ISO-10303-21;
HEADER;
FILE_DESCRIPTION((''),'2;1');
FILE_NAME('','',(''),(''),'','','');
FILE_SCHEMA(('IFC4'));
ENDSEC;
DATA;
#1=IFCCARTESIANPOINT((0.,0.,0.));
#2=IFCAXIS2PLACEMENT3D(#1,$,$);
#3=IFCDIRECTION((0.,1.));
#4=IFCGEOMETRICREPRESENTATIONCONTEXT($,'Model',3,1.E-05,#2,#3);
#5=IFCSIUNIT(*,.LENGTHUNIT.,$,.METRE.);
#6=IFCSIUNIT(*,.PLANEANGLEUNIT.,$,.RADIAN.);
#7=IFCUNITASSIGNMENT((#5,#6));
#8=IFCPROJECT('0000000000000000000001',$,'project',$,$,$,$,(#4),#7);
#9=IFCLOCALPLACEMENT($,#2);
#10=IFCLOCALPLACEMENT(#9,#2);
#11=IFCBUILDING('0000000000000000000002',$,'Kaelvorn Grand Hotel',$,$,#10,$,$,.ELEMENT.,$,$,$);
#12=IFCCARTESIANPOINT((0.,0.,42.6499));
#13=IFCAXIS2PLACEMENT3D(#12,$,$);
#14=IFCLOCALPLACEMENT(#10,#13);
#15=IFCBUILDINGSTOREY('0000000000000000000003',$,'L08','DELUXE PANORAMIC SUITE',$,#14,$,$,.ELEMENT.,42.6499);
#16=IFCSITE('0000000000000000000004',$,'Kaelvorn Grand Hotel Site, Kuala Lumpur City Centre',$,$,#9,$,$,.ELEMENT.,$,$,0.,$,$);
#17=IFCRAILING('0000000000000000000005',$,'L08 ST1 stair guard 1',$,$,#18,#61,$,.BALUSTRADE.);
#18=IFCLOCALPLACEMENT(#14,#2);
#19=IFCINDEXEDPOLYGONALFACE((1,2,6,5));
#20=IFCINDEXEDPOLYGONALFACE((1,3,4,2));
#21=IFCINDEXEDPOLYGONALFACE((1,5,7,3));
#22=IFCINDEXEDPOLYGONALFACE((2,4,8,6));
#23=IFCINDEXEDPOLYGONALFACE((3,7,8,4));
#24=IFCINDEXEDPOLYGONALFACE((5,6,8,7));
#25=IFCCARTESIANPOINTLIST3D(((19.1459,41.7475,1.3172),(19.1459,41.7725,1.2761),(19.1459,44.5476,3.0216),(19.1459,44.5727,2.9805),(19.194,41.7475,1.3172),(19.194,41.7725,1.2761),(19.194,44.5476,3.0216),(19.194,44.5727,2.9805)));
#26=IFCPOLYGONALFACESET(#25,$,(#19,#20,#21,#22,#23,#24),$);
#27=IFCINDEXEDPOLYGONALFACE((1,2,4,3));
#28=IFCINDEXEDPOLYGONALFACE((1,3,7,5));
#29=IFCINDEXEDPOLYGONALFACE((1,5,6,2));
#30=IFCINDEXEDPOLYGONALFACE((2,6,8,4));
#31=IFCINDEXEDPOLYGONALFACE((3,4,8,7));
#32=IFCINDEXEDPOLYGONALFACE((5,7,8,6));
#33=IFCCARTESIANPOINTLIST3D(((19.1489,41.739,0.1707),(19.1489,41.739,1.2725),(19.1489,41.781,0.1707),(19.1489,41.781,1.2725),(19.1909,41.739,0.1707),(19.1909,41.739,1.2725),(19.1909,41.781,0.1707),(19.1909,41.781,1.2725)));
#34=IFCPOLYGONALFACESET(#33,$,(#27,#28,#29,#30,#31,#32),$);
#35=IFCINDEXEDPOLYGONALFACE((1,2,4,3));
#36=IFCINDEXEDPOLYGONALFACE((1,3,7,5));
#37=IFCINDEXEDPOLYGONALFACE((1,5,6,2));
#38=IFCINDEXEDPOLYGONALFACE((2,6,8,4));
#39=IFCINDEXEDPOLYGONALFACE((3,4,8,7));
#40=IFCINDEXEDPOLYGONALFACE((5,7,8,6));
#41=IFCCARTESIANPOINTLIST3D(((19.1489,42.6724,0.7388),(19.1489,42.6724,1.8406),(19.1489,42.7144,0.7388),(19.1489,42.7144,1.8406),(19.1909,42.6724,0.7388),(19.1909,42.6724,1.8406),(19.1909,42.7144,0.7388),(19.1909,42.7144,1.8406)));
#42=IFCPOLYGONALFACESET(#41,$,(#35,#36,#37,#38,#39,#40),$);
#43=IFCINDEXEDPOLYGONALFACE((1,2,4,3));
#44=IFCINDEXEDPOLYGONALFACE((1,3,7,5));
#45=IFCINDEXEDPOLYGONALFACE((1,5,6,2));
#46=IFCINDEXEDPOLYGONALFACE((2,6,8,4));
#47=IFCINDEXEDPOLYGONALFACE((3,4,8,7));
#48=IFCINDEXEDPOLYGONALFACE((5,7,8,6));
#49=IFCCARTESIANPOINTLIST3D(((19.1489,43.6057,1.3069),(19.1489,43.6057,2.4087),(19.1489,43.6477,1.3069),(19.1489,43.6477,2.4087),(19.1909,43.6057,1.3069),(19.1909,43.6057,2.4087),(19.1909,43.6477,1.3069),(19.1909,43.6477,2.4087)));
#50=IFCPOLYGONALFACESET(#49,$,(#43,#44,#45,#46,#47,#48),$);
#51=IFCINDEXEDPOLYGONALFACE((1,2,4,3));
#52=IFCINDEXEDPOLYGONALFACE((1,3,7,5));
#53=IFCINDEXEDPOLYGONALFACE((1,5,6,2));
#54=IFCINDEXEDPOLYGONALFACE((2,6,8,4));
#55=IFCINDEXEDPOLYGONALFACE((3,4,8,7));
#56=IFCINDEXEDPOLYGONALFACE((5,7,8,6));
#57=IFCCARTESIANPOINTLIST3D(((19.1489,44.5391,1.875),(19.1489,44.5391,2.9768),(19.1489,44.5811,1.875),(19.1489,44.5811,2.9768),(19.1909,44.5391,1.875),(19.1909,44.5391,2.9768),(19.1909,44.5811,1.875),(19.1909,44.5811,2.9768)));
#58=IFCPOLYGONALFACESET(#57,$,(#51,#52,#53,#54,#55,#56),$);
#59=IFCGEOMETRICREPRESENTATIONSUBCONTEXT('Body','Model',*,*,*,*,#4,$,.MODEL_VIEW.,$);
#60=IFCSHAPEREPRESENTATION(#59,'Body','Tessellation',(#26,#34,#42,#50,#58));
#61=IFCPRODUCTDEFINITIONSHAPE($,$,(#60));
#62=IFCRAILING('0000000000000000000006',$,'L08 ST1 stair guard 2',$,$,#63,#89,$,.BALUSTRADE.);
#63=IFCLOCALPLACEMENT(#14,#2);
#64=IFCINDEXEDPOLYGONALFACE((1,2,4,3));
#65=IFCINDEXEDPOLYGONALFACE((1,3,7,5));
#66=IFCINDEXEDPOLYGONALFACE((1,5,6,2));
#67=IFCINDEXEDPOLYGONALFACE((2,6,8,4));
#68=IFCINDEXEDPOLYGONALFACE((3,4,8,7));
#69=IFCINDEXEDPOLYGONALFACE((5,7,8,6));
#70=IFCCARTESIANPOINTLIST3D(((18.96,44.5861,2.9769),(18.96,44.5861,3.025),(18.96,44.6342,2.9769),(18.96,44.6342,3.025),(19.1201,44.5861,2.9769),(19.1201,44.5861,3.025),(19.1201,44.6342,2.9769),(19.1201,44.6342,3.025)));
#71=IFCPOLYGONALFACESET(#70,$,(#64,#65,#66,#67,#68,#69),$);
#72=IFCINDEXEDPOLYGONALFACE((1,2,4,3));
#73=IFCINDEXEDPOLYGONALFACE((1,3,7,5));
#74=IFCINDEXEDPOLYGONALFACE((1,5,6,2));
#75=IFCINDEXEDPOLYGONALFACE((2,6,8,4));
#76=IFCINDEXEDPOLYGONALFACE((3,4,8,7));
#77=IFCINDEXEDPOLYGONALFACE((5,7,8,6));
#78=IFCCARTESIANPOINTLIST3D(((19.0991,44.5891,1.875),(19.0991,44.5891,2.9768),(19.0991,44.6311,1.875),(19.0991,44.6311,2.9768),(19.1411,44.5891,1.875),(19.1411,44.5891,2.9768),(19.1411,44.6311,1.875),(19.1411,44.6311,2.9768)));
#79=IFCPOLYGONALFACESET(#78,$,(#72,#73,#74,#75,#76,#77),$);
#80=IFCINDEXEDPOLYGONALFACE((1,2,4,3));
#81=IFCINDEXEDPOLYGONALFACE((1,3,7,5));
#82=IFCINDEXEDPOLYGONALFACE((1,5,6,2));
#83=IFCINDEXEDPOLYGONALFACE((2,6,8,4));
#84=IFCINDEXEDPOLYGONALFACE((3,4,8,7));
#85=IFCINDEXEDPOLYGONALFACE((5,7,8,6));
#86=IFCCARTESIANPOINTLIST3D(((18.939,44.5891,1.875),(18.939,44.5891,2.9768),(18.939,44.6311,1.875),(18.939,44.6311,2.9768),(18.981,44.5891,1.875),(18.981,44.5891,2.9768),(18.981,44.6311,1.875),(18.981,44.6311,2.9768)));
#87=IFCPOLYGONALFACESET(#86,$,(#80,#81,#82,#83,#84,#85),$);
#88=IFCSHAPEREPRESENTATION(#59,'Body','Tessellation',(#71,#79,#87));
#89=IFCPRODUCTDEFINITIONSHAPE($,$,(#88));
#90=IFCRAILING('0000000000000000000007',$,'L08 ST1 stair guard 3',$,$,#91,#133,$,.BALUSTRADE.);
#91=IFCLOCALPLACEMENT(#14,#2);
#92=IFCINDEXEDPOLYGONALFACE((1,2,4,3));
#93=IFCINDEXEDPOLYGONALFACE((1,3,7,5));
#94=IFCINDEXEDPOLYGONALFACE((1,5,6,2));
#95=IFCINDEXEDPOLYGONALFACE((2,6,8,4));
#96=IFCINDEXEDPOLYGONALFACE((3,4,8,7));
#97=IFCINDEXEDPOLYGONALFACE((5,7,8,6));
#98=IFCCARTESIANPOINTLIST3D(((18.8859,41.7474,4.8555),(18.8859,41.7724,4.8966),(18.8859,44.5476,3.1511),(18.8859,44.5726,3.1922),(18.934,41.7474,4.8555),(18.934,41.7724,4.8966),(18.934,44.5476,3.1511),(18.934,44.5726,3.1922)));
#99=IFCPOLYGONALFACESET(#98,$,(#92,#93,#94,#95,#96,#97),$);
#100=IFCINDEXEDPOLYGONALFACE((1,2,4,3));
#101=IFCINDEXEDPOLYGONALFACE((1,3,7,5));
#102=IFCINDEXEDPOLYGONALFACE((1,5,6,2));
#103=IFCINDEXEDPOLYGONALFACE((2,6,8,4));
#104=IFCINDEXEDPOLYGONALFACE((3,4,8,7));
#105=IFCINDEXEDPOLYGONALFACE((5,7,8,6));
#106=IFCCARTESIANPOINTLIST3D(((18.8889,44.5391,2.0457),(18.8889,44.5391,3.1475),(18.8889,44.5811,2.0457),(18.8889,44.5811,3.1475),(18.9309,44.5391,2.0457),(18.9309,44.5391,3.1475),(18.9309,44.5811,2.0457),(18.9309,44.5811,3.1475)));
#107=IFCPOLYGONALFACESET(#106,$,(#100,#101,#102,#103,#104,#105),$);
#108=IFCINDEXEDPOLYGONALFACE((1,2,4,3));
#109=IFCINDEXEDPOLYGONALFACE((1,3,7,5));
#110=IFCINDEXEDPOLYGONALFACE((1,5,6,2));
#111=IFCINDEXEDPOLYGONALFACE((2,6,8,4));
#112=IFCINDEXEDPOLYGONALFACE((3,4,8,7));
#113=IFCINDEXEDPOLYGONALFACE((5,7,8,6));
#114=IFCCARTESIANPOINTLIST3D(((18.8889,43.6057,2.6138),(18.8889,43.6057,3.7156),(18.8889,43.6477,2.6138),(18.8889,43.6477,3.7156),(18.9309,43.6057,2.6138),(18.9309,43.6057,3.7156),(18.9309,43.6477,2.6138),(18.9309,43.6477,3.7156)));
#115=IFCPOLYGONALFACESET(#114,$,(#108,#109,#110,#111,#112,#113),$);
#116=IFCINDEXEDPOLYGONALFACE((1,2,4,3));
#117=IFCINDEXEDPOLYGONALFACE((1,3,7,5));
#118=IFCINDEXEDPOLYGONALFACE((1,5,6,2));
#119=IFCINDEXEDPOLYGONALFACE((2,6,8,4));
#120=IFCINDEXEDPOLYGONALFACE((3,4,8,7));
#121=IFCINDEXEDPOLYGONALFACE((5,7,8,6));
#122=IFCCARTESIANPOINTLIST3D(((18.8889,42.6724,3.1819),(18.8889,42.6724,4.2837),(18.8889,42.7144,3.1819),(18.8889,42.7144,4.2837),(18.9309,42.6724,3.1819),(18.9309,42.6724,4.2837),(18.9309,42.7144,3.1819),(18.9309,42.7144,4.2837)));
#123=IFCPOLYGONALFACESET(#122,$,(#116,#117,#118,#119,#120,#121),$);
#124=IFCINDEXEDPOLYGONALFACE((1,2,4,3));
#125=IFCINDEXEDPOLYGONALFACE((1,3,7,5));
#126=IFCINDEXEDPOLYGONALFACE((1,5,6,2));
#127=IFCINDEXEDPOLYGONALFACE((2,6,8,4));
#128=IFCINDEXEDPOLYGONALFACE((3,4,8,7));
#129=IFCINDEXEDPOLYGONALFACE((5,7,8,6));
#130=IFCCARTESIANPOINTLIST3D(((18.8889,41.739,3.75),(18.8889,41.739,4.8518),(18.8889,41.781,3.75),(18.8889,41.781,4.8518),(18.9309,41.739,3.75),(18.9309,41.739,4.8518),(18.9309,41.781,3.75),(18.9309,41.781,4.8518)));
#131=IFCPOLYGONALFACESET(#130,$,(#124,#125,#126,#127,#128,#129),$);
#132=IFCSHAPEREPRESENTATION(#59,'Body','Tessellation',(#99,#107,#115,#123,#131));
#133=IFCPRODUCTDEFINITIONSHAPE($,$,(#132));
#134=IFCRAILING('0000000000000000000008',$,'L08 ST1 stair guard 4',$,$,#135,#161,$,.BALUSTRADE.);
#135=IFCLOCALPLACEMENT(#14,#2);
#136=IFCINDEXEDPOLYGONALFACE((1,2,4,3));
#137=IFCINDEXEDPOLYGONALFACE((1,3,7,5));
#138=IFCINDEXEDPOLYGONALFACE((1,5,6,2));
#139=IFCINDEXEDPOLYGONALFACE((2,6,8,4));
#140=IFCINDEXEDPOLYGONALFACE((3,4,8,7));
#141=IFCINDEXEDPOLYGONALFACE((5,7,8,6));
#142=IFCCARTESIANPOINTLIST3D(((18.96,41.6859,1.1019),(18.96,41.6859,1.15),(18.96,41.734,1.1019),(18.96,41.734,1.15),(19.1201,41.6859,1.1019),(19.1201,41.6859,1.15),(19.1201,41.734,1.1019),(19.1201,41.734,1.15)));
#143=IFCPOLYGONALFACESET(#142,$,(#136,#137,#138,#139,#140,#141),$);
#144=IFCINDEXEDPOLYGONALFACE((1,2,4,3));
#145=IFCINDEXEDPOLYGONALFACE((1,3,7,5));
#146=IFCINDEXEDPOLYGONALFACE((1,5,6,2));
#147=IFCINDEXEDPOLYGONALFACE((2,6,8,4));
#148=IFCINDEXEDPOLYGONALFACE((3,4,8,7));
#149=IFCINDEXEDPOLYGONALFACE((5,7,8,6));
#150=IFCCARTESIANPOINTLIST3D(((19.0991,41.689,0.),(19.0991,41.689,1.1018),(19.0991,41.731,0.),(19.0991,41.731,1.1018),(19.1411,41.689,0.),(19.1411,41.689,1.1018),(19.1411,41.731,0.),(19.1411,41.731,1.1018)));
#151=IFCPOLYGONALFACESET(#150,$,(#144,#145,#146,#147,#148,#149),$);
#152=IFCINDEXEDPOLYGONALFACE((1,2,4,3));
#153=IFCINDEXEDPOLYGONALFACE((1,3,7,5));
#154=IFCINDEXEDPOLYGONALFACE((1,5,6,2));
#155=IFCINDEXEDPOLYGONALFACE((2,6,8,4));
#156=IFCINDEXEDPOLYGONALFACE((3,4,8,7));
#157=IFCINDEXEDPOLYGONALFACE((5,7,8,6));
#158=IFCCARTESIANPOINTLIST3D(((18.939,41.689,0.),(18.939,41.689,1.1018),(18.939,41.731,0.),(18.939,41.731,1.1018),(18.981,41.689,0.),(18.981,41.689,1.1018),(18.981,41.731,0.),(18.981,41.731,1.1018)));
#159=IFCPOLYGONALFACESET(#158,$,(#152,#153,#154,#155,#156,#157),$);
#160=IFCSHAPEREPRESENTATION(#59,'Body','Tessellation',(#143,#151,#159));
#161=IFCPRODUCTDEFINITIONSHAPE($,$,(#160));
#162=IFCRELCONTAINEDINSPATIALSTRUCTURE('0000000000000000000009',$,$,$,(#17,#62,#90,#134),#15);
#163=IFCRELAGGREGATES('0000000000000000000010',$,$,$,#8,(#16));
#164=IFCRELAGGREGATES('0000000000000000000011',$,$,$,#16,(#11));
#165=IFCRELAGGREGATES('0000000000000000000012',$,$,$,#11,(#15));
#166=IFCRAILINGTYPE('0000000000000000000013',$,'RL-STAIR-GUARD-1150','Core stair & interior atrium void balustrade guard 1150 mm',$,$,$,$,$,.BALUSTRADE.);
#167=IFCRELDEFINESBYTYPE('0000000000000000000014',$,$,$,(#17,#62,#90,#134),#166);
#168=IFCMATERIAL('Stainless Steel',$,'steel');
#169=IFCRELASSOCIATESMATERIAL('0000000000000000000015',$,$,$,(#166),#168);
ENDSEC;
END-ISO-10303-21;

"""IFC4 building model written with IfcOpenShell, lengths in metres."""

from ifc_helpers import new_model, si_unit, direction, frame, origin, origin_2d, place, context, subcontext, project, spatial, rectangle, extrude, material, type_object, element, save


model = new_model("IFC4")

# Units and contexts
model_context = context("Model", 3, precision=1e-05, world=origin(), true_north=direction((0.0, 1.0)))
body_context = subcontext(model_context, "Body", "Model", "MODEL_VIEW")
ifc_project = project(units=[si_unit("LENGTHUNIT", "METRE"), si_unit("PLANEANGLEUNIT", "RADIAN")], contexts=[model_context])

# Site, building, storey
site_placement = place(None, origin())
site = spatial("IfcSite", under=ifc_project, at=site_placement, Name="Kaelvorn Grand Hotel Site, Kuala Lumpur City Centre", CompositionType="ELEMENT", RefElevation=0.0)
building_placement = place(site_placement, origin())
building = spatial("IfcBuilding", under=site, at=building_placement, Name="Kaelvorn Grand Hotel", CompositionType="ELEMENT")
storey_placement = place(building_placement, frame((0.0, 0.0, 42.6499)))
storey = spatial("IfcBuildingStorey", under=building, at=storey_placement, Name="L08", Description="DELUXE PANORAMIC SUITE", CompositionType="ELEMENT", Elevation=42.6499)

# Railings
ifc_material_1 = material(Name="Stainless Steel", Category="steel")
railing_type_1 = type_object("IfcRailingType", Name="RL-STAIR-GUARD-1150", Description="Core stair & interior atrium void balustrade guard 1150 mm", PredefinedType="BALUSTRADE", material=ifc_material_1)
railing_1_placement = place(storey_placement, frame((19.1699, 41.76, 0.1707)))
element("IfcRailing", 1, at=railing_1_placement, inside=storey, type_object=railing_type_1, Name="L08 ST1 stair guard 1", PredefinedType="BALUSTRADE", context=body_context, shape_type="SweptSolid", body=[
    extrude(rectangle(XDim=0.0481, YDim=0.0481, at=origin_2d()), frame((0.0, 0.0, 1.126), z_axis=(0.0, 0.854203, 0.51994), x_axis=(-1.0, 0.0, 0.0)), (0.0, 0.0, 1.0), 3.2781),
    extrude(rectangle(XDim=0.042, YDim=0.042, at=origin_2d()), origin(), (0.0, 0.0, 1.0), 1.1018),
    extrude(rectangle(XDim=0.042, YDim=0.042, at=origin_2d()), frame((0.0, 0.9333, 0.5681)), (0.0, 0.0, 1.0), 1.1018),
    extrude(rectangle(XDim=0.042, YDim=0.042, at=origin_2d()), frame((0.0, 1.8667, 1.1362)), (0.0, 0.0, 1.0), 1.1018),
    extrude(rectangle(XDim=0.042, YDim=0.042, at=origin_2d()), frame((0.0, 2.8, 1.7043)), (0.0, 0.0, 1.0), 1.1018),
])
railing_2_placement = place(storey_placement, frame((19.1201, 44.6101, 1.875)))
element("IfcRailing", 2, at=railing_2_placement, inside=storey, type_object=railing_type_1, Name="L08 ST1 stair guard 2", PredefinedType="BALUSTRADE", context=body_context, shape_type="SweptSolid", body=[
    extrude(rectangle(XDim=0.0481, YDim=0.0481, at=origin_2d()), frame((0.0, 0.0, 1.126), z_axis=(-1.0, 0.0, 0.0), x_axis=(0.0, -1.0, 0.0)), (0.0, 0.0, 1.0), 0.1602),
    extrude(rectangle(XDim=0.042, YDim=0.042, at=origin_2d()), origin(), (0.0, 0.0, 1.0), 1.1018),
    extrude(rectangle(XDim=0.042, YDim=0.042, at=origin_2d()), frame((-0.1602, 0.0, 0.0)), (0.0, 0.0, 1.0), 1.1018),
])
railing_3_placement = place(storey_placement, frame((18.9099, 44.5601, 2.0457)))
element("IfcRailing", 3, at=railing_3_placement, inside=storey, type_object=railing_type_1, Name="L08 ST1 stair guard 3", PredefinedType="BALUSTRADE", context=body_context, shape_type="SweptSolid", body=[
    extrude(rectangle(XDim=0.0481, YDim=0.0481, at=origin_2d()), frame((0.0, 0.0, 1.126), z_axis=(0.0, -0.854203, 0.51994), x_axis=(1.0, 0.0, 0.0)), (0.0, 0.0, 1.0), 3.2781),
    extrude(rectangle(XDim=0.042, YDim=0.042, at=origin_2d()), origin(), (0.0, 0.0, 1.0), 1.1018),
    extrude(rectangle(XDim=0.042, YDim=0.042, at=origin_2d()), frame((0.0, -0.9333, 0.5681)), (0.0, 0.0, 1.0), 1.1018),
    extrude(rectangle(XDim=0.042, YDim=0.042, at=origin_2d()), frame((0.0, -1.8667, 1.1362)), (0.0, 0.0, 1.0), 1.1018),
    extrude(rectangle(XDim=0.042, YDim=0.042, at=origin_2d()), frame((0.0, -2.8, 1.7043)), (0.0, 0.0, 1.0), 1.1018),
])
railing_4_placement = place(storey_placement, frame((19.1201, 41.71, 0.0)))
element("IfcRailing", 4, at=railing_4_placement, inside=storey, type_object=railing_type_1, Name="L08 ST1 stair guard 4", PredefinedType="BALUSTRADE", context=body_context, shape_type="SweptSolid", body=[
    extrude(rectangle(XDim=0.0481, YDim=0.0481, at=origin_2d()), frame((0.0, 0.0, 1.126), z_axis=(-1.0, 0.0, 0.0), x_axis=(0.0, -1.0, 0.0)), (0.0, 0.0, 1.0), 0.1602),
    extrude(rectangle(XDim=0.042, YDim=0.042, at=origin_2d()), origin(), (0.0, 0.0, 1.0), 1.1018),
    extrude(rectangle(XDim=0.042, YDim=0.042, at=origin_2d()), frame((-0.1602, 0.0, 0.0)), (0.0, 0.0, 1.0), 1.1018),
])

save(model, "model.ifc")
